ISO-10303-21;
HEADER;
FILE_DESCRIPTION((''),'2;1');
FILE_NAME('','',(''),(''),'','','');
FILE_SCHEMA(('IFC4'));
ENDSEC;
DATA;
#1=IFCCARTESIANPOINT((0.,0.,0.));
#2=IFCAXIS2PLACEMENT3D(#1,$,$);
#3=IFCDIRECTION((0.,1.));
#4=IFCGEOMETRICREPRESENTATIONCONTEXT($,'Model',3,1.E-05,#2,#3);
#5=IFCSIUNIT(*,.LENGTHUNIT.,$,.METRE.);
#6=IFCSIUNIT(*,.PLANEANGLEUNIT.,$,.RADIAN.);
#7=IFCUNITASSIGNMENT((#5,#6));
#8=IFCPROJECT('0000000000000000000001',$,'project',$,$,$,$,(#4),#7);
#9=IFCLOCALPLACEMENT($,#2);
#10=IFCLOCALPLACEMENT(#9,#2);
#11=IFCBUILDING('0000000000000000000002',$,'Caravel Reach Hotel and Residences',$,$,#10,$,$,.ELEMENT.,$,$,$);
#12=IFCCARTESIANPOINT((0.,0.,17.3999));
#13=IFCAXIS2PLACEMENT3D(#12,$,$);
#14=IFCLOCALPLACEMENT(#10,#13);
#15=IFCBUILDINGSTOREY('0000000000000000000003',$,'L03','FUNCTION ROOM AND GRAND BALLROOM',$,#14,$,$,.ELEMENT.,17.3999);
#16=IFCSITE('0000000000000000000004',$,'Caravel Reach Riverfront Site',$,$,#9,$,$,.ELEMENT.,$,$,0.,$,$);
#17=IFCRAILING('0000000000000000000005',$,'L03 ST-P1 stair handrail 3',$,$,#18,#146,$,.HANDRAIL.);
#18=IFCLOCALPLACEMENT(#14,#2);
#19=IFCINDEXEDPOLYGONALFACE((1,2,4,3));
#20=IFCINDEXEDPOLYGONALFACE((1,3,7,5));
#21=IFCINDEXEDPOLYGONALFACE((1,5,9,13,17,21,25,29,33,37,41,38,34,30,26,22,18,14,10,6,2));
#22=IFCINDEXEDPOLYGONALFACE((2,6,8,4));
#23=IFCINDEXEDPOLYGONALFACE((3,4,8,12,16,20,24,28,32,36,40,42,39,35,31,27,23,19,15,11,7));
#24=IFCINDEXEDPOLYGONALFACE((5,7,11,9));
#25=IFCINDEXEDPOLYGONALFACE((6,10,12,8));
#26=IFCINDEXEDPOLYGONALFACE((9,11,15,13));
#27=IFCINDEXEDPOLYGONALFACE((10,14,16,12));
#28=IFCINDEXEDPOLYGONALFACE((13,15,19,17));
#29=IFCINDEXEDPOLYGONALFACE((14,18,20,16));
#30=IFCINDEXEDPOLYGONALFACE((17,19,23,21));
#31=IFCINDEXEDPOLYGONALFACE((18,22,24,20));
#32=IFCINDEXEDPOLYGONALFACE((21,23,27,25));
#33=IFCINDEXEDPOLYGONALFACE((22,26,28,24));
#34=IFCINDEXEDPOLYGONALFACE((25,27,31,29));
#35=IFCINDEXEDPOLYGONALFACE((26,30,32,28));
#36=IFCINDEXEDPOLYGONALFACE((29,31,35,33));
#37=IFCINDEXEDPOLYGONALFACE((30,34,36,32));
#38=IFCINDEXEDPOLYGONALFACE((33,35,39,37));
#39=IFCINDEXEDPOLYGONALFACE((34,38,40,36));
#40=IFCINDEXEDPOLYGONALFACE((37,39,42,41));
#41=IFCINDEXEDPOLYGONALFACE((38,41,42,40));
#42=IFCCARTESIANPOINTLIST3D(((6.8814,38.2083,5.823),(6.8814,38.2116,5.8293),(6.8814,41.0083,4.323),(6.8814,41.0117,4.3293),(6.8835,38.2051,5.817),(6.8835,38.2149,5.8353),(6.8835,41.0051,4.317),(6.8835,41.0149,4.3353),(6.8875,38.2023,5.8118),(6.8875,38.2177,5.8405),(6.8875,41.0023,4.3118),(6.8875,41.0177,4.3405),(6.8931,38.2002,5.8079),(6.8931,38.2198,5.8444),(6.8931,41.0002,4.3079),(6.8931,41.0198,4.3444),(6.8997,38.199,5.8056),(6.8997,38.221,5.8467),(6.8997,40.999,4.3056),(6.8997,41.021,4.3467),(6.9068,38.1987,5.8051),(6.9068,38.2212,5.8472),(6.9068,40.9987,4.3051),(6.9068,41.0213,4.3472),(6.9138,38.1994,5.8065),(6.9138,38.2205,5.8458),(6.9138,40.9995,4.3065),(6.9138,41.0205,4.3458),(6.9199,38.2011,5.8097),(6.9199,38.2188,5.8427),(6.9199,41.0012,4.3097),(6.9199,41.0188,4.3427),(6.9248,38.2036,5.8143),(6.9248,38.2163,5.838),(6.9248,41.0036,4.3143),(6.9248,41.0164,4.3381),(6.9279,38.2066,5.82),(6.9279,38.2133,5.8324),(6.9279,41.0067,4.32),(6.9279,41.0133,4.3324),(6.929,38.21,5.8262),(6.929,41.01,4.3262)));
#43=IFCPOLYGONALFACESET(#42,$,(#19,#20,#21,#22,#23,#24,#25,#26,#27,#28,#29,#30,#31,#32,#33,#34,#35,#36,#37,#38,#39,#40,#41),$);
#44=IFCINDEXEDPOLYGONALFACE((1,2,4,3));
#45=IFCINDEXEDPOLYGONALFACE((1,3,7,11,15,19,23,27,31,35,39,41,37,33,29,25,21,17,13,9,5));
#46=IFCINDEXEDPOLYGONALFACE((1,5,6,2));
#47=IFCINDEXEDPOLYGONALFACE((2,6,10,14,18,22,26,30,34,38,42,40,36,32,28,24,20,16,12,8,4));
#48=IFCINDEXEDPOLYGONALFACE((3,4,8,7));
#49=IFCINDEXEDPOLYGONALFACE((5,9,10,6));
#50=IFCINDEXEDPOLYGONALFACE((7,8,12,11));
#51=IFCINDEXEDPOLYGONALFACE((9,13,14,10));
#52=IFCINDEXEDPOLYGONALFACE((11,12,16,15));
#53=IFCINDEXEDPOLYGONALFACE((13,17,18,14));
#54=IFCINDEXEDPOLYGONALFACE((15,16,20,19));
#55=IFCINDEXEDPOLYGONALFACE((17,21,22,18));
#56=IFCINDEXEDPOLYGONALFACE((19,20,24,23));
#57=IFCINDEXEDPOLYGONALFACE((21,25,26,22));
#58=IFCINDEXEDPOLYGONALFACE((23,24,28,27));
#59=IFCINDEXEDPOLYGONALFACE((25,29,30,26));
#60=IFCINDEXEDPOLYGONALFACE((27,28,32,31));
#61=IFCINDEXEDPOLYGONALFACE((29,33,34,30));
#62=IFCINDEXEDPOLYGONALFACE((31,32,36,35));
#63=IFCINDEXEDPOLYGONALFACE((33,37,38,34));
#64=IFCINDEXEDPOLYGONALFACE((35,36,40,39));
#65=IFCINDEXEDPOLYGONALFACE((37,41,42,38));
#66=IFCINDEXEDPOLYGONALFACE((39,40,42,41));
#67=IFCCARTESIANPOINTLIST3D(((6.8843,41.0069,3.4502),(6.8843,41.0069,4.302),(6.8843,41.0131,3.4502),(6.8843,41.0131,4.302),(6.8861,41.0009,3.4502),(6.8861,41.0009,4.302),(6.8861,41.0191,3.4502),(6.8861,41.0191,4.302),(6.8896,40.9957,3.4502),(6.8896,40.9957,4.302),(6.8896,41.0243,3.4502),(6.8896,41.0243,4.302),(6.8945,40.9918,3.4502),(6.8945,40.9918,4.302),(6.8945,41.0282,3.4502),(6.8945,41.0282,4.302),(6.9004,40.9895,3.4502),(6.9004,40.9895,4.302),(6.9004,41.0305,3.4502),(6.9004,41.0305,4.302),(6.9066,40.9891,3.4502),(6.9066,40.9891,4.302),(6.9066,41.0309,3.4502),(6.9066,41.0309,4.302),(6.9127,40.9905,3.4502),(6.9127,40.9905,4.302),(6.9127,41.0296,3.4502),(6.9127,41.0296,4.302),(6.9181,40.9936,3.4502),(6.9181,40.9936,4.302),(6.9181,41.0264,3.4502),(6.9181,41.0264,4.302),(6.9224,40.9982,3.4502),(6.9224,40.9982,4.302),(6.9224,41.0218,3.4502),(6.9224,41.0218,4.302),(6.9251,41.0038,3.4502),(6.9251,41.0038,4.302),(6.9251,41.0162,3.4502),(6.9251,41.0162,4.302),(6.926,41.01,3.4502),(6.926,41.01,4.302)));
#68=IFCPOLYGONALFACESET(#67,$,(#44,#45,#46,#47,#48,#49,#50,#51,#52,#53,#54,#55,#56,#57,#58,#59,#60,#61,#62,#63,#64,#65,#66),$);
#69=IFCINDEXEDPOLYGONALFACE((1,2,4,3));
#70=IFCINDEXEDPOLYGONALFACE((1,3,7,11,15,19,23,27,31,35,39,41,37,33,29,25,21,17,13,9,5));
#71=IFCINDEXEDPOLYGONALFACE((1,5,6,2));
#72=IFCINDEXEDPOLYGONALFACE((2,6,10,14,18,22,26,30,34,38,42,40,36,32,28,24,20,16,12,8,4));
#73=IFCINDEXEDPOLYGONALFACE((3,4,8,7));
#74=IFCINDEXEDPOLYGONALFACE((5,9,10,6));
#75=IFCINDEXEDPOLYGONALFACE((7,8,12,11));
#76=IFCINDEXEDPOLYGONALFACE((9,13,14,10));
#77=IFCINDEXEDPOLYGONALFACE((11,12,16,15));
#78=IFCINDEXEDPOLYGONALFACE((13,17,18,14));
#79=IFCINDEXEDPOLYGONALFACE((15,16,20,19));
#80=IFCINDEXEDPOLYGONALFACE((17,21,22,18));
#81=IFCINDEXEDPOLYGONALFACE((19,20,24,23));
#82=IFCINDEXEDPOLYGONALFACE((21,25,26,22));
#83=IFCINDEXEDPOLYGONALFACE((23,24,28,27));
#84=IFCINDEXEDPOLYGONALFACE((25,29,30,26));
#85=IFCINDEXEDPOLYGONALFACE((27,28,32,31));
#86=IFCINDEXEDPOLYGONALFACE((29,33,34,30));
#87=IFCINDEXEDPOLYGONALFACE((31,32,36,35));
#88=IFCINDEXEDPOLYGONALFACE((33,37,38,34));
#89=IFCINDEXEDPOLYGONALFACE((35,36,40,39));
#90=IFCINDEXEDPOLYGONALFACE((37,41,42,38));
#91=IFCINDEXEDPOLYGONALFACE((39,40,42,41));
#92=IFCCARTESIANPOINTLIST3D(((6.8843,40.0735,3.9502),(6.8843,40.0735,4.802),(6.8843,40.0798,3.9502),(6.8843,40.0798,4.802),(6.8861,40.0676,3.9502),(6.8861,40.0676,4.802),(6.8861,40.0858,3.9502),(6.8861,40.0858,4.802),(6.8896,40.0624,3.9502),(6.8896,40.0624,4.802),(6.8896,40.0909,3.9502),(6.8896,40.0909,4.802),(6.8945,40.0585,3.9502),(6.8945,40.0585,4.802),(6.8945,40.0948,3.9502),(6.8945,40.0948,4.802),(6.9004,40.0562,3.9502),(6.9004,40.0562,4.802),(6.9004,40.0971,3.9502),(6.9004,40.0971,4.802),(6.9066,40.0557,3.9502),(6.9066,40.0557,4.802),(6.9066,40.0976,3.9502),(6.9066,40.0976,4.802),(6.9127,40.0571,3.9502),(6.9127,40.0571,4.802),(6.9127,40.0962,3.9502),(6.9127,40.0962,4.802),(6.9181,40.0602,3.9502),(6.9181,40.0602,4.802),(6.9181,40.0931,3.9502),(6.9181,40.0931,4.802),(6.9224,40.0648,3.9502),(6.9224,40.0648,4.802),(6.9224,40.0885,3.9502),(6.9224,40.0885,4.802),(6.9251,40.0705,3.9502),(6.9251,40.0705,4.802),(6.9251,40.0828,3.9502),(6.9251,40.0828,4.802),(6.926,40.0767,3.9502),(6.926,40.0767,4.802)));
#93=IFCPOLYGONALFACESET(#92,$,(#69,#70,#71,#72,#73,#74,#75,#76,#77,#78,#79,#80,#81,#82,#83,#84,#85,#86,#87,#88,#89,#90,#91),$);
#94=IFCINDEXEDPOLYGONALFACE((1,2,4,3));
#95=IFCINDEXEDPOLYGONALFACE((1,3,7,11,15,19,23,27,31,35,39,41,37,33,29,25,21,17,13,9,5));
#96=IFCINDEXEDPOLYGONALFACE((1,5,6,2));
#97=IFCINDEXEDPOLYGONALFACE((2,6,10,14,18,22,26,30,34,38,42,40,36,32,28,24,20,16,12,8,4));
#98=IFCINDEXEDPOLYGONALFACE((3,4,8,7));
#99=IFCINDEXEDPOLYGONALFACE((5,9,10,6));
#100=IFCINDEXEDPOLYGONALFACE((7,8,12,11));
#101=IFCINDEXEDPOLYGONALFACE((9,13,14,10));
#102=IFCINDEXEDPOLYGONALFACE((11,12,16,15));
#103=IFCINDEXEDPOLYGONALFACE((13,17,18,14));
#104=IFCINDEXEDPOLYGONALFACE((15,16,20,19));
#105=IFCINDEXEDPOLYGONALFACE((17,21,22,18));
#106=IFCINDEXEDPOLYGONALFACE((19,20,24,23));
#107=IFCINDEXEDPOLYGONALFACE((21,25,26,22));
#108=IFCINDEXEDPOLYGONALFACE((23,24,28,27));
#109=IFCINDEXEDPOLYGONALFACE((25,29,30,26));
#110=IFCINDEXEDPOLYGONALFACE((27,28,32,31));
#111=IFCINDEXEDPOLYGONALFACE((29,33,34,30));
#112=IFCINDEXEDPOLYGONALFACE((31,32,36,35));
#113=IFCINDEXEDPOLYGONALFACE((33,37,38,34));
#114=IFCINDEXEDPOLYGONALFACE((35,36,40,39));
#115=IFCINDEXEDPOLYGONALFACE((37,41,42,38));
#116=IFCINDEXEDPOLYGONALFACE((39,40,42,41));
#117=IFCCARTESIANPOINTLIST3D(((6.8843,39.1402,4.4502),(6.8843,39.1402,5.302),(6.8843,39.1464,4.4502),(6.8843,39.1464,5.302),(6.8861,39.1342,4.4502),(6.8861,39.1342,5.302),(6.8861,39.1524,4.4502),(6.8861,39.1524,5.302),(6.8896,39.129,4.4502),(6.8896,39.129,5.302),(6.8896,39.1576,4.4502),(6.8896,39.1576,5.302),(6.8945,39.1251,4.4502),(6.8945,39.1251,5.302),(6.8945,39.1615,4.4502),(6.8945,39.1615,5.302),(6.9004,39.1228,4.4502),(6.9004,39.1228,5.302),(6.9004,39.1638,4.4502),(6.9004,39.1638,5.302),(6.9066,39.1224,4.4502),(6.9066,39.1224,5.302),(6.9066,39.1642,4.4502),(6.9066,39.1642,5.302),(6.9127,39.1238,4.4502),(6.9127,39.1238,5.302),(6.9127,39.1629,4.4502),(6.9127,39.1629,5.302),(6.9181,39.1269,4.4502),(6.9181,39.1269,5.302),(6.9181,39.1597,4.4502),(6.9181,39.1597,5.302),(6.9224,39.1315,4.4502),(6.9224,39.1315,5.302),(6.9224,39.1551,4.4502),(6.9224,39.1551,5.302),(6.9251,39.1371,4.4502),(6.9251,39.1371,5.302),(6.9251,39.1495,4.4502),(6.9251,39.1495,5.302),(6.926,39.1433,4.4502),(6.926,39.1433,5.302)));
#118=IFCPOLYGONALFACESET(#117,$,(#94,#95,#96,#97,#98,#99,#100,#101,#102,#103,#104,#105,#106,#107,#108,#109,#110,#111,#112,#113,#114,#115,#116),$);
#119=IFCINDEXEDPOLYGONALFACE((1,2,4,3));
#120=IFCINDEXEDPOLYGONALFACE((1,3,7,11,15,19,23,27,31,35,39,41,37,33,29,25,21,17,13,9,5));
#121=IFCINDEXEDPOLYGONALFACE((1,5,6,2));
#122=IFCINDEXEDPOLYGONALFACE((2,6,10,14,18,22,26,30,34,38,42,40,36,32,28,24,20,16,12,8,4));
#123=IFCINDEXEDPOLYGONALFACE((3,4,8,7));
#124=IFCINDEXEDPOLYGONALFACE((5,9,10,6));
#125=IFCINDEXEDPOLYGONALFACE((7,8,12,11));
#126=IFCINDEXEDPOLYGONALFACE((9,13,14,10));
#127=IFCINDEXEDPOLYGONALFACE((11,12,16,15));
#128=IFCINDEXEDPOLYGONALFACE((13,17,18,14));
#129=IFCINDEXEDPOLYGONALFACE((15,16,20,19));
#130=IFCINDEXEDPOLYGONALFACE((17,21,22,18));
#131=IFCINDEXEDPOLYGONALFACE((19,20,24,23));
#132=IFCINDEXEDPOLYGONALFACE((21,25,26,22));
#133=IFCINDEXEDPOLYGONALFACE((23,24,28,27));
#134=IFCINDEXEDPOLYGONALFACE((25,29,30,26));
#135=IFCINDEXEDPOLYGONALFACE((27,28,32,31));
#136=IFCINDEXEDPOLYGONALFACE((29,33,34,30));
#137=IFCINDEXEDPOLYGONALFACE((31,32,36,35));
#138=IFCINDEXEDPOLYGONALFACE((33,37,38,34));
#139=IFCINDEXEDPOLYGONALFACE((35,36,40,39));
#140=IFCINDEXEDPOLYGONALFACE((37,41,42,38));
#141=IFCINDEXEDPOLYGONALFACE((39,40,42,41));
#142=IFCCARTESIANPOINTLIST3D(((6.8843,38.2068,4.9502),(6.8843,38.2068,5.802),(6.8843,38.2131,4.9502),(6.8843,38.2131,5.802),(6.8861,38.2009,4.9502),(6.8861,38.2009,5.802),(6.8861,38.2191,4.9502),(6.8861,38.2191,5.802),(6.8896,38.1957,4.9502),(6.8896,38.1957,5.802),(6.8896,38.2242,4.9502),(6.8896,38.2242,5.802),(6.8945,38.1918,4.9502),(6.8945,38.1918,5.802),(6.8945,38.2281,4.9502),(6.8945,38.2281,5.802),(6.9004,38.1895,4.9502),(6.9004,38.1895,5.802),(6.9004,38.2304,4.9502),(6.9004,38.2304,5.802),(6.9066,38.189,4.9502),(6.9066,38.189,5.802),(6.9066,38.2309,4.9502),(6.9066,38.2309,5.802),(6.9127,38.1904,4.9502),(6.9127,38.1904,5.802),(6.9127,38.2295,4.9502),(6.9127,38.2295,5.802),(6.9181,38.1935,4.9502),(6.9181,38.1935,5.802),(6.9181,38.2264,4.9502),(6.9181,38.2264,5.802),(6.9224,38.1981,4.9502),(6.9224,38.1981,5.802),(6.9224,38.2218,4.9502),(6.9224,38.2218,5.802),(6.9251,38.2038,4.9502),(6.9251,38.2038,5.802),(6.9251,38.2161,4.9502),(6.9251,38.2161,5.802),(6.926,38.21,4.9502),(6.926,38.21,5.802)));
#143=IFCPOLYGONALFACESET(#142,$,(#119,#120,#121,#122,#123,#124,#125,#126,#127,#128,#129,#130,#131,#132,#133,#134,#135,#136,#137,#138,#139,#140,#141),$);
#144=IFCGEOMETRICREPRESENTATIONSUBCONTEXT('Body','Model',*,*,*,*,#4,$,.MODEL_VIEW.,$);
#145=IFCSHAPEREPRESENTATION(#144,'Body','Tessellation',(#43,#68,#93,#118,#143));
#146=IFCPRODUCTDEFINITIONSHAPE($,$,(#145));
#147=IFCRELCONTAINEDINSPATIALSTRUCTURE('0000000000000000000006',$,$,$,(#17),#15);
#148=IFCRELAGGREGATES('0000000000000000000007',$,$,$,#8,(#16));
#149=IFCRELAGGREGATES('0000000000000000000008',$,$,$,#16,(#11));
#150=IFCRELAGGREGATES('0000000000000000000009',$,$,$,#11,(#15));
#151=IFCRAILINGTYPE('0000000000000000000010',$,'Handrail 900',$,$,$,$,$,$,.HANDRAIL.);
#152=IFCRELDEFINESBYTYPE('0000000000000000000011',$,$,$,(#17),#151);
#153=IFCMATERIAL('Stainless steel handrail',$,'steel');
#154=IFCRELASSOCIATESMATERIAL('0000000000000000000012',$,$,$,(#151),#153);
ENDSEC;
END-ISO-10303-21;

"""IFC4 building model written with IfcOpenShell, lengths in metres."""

from ifc_helpers import new_model, si_unit, direction, frame, origin, origin_2d, place, context, subcontext, project, spatial, circle, extrude, material, type_object, element, save


model = new_model("IFC4")

# Units and contexts
model_context = context("Model", 3, precision=1e-05, world=origin(), true_north=direction((0.0, 1.0)))
body_context = subcontext(model_context, "Body", "Model", "MODEL_VIEW")
ifc_project = project(units=[si_unit("LENGTHUNIT", "METRE"), si_unit("PLANEANGLEUNIT", "RADIAN")], contexts=[model_context])

# Site, building, storey
site_placement = place(None, origin())
site = spatial("IfcSite", under=ifc_project, at=site_placement, Name="Caravel Reach Riverfront Site", CompositionType="ELEMENT", RefElevation=0.0)
building_placement = place(site_placement, origin())
building = spatial("IfcBuilding", under=site, at=building_placement, Name="Caravel Reach Hotel and Residences", CompositionType="ELEMENT")
storey_placement = place(building_placement, frame((0.0, 0.0, 17.3999)))
storey = spatial("IfcBuildingStorey", under=building, at=storey_placement, Name="L03", Description="FUNCTION ROOM AND GRAND BALLROOM", CompositionType="ELEMENT", Elevation=17.3999)

# Railing
ifc_material_1 = material(Name="Stainless steel handrail", Category="steel")
railing_type_1 = type_object("IfcRailingType", Name="Handrail 900", PredefinedType="HANDRAIL", material=ifc_material_1)
railing_1_placement = place(storey_placement, frame((6.905, 41.01, 3.4502)))
element("IfcRailing", 1, at=railing_1_placement, inside=storey, type_object=railing_type_1, Name="L03 ST-P1 stair handrail 3", PredefinedType="HANDRAIL", context=body_context, shape_type="SweptSolid", body=[
    extrude(circle(Radius=0.0239, at=origin_2d()), frame((0.0, 0.0, 0.876), z_axis=(0.0, -0.881483, 0.472215), x_axis=(1.0, 0.0, 0.0)), (0.0, 0.0, 1.0), 3.1765),
    extrude(circle(Radius=0.021, at=origin_2d()), origin(), (0.0, 0.0, 1.0), 0.8518),
    extrude(circle(Radius=0.021, at=origin_2d()), frame((0.0, -0.9333, 0.5)), (0.0, 0.0, 1.0), 0.8518),
    extrude(circle(Radius=0.021, at=origin_2d()), frame((0.0, -1.8667, 1.0)), (0.0, 0.0, 1.0), 0.8518),
    extrude(circle(Radius=0.021, at=origin_2d()), frame((0.0, -2.8, 1.5)), (0.0, 0.0, 1.0), 0.8518),
])

save(model, "model.ifc")
